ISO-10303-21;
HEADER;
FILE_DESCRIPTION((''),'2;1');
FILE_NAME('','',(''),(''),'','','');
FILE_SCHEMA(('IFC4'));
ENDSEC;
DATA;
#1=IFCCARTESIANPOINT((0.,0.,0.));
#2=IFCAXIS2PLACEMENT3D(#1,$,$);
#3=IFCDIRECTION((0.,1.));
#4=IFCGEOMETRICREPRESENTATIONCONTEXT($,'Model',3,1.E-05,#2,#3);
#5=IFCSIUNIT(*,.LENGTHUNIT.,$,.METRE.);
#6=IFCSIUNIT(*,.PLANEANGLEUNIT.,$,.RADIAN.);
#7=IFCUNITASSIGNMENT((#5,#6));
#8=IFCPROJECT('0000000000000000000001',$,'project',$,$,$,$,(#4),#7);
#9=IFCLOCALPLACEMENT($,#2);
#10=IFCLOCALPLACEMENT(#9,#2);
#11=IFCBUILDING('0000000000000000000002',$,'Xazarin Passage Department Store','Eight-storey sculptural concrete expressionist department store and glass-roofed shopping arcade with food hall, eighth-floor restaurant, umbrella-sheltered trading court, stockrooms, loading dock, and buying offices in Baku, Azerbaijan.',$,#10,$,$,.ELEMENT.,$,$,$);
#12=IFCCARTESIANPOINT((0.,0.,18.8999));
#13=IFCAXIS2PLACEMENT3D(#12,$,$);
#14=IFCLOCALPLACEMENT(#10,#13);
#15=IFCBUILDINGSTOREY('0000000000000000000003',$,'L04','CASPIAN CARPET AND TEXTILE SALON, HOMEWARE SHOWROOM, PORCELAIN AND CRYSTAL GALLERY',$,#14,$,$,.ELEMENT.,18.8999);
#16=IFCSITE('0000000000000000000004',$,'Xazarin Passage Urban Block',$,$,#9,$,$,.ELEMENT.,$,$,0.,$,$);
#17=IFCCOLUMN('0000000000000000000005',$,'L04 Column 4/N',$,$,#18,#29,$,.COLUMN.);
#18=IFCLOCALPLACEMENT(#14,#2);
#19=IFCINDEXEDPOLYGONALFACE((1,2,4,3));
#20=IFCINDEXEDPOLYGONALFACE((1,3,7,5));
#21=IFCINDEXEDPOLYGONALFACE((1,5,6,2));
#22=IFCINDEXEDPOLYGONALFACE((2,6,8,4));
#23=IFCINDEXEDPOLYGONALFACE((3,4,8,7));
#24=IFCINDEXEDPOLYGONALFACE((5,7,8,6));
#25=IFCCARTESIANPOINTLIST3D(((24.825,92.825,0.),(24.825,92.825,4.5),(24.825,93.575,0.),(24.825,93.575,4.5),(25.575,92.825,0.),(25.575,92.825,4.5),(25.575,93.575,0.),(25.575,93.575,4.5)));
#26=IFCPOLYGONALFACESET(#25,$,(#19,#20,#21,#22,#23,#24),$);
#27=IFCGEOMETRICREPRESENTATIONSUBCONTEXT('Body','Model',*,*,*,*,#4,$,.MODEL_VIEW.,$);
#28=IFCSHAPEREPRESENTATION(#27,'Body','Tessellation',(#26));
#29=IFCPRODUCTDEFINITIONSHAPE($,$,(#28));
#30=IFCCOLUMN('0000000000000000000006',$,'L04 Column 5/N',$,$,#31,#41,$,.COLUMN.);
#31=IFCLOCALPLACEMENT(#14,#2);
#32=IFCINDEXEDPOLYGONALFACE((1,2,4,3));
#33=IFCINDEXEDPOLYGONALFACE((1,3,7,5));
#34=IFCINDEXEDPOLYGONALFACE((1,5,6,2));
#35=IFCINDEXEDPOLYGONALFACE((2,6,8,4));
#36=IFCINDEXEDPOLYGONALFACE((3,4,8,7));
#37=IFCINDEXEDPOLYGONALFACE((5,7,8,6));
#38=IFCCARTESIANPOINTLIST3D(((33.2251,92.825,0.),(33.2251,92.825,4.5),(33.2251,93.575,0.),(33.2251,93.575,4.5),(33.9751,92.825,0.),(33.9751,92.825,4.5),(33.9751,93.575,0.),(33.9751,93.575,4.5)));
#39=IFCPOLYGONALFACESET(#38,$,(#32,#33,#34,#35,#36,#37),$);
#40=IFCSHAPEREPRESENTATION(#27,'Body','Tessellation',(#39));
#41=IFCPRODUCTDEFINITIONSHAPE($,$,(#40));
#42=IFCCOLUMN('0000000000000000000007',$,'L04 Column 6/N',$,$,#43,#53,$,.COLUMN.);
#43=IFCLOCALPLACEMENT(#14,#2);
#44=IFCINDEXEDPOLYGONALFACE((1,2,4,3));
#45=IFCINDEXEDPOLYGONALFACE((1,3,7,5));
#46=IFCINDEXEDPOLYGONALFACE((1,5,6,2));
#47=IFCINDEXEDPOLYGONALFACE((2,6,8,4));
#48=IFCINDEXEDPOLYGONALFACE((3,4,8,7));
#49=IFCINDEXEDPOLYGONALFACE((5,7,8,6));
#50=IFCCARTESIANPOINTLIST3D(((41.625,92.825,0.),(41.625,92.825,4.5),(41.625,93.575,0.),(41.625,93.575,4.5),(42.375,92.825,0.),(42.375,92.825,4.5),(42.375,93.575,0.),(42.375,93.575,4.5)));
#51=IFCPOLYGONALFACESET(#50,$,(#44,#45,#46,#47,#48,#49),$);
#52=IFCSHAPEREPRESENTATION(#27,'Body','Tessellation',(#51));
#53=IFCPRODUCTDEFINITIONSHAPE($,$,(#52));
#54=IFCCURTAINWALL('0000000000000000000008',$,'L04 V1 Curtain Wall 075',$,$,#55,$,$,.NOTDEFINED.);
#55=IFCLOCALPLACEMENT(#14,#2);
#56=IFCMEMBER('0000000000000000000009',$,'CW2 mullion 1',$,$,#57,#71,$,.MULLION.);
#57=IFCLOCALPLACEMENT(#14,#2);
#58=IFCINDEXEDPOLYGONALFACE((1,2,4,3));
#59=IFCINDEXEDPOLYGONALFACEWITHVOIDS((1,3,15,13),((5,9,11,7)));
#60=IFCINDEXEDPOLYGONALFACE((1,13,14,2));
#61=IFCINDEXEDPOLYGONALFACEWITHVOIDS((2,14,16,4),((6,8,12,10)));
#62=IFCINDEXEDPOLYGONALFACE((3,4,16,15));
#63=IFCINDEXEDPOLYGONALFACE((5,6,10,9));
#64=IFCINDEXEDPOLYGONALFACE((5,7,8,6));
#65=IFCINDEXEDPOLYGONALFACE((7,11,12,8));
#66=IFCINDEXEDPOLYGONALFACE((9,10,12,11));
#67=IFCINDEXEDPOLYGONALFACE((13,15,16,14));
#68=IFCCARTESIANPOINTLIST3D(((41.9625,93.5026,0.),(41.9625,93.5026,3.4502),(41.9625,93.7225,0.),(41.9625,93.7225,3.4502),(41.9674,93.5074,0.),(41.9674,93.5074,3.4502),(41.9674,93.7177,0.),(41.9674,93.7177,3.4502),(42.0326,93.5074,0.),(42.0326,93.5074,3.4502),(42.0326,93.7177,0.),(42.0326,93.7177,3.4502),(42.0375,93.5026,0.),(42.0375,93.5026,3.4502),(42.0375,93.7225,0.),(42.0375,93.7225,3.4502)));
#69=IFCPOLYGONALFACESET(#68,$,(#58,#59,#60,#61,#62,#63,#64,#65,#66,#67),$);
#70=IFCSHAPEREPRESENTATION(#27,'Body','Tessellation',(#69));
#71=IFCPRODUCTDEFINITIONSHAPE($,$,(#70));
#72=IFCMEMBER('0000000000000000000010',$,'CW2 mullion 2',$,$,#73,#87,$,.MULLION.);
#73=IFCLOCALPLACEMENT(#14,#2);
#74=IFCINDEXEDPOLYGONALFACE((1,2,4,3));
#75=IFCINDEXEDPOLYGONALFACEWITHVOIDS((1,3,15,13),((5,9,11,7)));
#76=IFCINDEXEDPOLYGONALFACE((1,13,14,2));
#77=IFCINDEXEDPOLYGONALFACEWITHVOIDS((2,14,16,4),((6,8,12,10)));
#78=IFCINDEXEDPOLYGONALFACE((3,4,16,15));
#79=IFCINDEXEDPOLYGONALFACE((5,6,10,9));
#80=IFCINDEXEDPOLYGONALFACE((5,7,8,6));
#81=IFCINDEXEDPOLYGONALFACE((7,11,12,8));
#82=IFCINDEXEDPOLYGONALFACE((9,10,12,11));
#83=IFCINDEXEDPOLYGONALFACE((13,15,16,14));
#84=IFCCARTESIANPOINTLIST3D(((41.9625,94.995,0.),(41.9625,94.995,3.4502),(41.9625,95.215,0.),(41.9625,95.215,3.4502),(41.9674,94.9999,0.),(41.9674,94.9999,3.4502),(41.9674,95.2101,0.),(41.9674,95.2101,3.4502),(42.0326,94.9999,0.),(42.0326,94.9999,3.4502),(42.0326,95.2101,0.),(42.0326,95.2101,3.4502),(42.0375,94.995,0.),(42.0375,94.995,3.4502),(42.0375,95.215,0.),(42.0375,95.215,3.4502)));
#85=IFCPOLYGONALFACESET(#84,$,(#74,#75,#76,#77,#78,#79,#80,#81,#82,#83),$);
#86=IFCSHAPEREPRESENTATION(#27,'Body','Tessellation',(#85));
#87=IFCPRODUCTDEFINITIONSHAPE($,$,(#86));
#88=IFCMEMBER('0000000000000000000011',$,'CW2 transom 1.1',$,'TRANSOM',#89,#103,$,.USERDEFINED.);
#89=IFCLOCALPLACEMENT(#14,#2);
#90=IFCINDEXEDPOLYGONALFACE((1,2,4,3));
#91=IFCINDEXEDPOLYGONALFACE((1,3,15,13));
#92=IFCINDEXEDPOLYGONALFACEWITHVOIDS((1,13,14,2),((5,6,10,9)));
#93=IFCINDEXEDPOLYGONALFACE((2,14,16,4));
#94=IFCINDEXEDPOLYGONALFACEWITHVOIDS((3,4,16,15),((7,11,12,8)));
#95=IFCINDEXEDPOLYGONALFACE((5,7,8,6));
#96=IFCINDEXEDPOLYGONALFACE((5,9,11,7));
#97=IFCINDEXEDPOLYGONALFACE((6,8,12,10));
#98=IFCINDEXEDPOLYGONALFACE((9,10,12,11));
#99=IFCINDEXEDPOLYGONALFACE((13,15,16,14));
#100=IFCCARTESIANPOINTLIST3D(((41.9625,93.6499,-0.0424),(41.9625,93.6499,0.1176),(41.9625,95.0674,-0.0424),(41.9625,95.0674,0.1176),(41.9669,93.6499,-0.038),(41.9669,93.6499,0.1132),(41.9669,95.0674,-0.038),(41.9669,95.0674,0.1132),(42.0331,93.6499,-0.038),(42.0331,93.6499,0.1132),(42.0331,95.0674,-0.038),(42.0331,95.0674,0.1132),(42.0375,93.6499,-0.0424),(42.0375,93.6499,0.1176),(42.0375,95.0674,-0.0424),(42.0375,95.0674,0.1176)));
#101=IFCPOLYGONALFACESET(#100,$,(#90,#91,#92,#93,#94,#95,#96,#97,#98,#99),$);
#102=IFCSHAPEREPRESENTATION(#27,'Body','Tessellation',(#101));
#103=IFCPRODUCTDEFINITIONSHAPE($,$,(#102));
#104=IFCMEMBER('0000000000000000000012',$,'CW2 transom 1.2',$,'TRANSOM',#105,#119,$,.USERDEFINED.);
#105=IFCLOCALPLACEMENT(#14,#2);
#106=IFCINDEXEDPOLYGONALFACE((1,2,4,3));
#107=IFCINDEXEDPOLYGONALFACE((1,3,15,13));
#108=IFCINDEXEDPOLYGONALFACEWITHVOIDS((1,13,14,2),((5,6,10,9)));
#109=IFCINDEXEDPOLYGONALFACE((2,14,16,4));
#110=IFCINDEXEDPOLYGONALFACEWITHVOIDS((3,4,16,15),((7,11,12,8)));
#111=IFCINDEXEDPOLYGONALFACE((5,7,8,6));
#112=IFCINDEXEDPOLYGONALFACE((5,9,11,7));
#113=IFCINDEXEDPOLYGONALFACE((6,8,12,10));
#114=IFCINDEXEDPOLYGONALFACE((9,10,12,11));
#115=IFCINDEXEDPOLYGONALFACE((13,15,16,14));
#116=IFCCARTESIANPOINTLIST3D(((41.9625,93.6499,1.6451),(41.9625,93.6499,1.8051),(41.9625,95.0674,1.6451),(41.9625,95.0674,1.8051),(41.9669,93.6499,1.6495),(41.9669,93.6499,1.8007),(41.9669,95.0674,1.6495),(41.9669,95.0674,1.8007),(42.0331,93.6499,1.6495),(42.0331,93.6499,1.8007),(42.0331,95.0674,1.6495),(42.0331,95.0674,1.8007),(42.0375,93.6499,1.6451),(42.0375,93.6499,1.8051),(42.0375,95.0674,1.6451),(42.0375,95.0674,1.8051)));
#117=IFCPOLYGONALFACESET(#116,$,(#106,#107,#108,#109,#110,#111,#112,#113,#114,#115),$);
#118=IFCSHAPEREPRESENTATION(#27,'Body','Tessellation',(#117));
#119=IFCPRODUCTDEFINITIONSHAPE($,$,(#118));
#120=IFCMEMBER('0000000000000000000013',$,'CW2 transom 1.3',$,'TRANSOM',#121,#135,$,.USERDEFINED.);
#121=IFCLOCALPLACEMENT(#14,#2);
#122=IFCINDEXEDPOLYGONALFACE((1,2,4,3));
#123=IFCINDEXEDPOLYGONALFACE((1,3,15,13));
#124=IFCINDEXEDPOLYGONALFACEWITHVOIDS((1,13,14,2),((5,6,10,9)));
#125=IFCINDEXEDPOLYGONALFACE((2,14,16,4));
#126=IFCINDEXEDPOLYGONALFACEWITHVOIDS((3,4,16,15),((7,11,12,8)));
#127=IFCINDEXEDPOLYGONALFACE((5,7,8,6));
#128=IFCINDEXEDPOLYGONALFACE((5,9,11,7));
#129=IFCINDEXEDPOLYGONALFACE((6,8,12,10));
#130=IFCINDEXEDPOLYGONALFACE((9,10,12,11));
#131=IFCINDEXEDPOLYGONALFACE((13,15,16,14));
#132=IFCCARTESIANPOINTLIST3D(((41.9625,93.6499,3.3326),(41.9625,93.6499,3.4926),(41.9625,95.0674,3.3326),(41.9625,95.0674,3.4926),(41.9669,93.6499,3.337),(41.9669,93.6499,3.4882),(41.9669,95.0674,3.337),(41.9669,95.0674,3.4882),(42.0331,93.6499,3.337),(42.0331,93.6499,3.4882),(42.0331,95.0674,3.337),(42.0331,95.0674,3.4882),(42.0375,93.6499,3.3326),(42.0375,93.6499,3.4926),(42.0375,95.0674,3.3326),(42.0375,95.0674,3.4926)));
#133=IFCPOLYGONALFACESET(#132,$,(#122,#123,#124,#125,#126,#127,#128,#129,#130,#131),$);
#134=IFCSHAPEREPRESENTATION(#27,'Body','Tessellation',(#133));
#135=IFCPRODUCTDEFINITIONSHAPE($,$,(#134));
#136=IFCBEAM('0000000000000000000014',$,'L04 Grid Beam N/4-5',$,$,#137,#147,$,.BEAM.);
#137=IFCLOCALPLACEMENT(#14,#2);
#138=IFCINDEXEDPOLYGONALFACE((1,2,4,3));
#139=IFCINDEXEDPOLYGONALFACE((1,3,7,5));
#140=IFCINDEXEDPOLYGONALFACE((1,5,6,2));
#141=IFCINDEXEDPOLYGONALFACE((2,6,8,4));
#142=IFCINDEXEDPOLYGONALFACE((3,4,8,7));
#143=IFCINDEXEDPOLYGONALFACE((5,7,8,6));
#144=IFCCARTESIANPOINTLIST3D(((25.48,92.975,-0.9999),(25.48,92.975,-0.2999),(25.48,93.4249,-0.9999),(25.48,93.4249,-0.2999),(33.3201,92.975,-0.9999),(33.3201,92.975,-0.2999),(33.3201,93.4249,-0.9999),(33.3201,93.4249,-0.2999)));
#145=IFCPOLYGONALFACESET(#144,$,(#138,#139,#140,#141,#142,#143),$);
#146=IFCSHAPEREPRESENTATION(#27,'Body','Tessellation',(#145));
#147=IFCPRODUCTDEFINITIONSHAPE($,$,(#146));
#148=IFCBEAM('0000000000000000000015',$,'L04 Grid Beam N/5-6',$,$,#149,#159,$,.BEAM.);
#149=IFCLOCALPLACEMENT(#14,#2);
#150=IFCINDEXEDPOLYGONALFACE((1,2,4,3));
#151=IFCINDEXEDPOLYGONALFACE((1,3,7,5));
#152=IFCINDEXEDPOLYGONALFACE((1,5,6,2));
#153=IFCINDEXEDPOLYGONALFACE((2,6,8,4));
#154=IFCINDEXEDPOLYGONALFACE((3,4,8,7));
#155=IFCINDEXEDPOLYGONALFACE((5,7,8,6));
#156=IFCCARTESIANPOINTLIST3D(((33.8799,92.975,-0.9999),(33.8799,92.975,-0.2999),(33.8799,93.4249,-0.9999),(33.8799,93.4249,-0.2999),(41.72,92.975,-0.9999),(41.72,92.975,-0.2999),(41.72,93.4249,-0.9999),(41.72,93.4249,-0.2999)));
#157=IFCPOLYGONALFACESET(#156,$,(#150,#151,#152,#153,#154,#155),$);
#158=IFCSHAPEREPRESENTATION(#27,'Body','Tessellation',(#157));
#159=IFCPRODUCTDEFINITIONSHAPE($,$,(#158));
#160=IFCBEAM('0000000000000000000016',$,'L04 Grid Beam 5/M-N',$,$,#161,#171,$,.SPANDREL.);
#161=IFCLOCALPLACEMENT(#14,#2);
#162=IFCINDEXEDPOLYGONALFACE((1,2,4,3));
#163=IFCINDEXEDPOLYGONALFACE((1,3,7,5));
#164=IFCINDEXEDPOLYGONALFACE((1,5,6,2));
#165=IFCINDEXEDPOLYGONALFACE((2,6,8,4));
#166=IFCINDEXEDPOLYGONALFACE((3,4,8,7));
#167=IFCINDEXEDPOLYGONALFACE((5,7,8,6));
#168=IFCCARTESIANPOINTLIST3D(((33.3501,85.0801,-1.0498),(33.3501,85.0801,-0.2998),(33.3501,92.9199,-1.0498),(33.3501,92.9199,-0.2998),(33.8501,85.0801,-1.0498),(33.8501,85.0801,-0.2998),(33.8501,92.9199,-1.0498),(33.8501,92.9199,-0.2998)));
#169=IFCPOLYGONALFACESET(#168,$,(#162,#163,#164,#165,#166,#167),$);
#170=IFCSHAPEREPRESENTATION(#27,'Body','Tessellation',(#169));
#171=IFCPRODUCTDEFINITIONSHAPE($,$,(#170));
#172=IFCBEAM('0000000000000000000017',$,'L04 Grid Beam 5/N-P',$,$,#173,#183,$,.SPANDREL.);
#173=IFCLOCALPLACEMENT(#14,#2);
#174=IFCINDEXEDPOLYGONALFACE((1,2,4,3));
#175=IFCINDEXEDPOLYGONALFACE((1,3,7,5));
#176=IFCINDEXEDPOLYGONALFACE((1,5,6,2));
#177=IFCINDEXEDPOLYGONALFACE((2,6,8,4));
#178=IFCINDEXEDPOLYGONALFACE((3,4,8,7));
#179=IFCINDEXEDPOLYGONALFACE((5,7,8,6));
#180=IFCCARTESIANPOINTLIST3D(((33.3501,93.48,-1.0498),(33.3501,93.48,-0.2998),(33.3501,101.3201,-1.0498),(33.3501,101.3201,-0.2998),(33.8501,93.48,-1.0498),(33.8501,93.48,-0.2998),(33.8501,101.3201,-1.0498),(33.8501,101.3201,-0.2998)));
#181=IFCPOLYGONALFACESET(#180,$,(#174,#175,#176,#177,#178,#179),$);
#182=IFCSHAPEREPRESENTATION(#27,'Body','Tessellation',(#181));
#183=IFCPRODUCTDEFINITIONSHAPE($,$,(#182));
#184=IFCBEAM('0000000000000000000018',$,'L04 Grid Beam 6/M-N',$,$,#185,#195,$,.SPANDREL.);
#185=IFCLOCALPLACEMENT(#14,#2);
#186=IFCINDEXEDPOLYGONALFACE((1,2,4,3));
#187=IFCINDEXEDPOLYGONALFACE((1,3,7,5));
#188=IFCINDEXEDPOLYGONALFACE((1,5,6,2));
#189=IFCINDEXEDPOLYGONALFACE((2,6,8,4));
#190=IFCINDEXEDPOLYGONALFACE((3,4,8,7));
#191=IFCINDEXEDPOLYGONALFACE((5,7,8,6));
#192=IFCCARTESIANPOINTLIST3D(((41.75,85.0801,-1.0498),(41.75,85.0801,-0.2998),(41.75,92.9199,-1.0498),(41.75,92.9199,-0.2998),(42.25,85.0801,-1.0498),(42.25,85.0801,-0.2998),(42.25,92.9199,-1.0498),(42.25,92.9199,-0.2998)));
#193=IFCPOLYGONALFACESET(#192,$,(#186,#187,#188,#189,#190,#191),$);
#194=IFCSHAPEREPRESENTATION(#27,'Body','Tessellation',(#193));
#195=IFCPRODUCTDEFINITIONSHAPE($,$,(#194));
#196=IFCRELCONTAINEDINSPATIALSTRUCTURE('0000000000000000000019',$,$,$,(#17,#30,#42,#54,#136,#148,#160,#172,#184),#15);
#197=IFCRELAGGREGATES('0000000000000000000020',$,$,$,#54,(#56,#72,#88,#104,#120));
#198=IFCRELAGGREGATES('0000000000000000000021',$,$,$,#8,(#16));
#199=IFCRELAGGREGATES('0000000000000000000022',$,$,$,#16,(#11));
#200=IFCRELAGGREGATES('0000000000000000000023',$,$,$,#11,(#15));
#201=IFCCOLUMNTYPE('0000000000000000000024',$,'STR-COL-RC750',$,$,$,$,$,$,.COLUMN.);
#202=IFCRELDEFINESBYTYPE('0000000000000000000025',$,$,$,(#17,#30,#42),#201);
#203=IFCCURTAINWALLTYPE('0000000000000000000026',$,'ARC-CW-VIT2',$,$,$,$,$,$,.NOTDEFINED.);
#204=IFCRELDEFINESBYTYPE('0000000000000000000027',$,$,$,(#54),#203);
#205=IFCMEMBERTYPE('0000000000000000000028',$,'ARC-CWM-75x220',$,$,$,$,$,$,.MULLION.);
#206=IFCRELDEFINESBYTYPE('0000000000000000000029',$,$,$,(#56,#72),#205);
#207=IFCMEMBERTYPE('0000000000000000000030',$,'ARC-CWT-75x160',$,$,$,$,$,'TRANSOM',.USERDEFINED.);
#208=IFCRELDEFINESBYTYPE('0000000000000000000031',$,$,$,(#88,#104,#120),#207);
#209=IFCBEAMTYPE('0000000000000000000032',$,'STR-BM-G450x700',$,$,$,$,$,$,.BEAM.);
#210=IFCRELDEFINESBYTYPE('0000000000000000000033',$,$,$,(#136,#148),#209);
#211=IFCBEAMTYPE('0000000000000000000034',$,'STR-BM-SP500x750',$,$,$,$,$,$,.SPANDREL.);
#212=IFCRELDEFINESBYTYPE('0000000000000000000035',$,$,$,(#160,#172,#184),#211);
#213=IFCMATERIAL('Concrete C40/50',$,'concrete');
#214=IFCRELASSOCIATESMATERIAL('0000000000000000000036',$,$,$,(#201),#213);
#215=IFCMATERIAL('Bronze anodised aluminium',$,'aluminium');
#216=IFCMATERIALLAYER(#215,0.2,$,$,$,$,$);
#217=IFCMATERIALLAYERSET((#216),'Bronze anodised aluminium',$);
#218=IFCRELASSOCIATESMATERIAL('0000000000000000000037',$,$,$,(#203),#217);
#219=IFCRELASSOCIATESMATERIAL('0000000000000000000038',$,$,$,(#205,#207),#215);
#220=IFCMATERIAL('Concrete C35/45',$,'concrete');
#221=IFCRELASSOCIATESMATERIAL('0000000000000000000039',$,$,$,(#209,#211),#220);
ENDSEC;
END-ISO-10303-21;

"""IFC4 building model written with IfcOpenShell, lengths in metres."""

from ifc_helpers import new_model, si_unit, direction, frame, origin, origin_2d, place, context, subcontext, project, spatial, rectangle, hollow_rectangle, extrude, material, layer, layer_set, material_profile, profile_set, type_object, element, aggregate, save


model = new_model("IFC4")

# Units and contexts
model_context = context("Model", 3, precision=1e-05, world=origin(), true_north=direction((0.0, 1.0)))
body_context = subcontext(model_context, "Body", "Model", "MODEL_VIEW")
ifc_project = project(units=[si_unit("LENGTHUNIT", "METRE"), si_unit("PLANEANGLEUNIT", "RADIAN")], contexts=[model_context])

# Site, building, storey
site_placement = place(None, origin())
site = spatial("IfcSite", under=ifc_project, at=site_placement, Name="Xazarin Passage Urban Block", CompositionType="ELEMENT", RefElevation=0.0)
building_placement = place(site_placement, origin())
building = spatial("IfcBuilding", under=site, at=building_placement, Name="Xazarin Passage Department Store", Description="Eight-storey sculptural concrete expressionist department store and glass-roofed shopping arcade with food hall, eighth-floor restaurant, umbrella-sheltered trading court, stockrooms, loading dock, and buying offices in Baku, Azerbaijan.", CompositionType="ELEMENT")
storey_placement = place(building_placement, frame((0.0, 0.0, 18.8999)))
storey = spatial("IfcBuildingStorey", under=building, at=storey_placement, Name="L04", Description="CASPIAN CARPET AND TEXTILE SALON, HOMEWARE SHOWROOM, PORCELAIN AND CRYSTAL GALLERY", CompositionType="ELEMENT", Elevation=18.8999)

# Columns
ifc_material_1 = material(Name="Concrete C40/50", Category="concrete")
ifc_material_profile_1 = material_profile(ifc_material_1, rectangle(XDim=0.75, YDim=0.75, at=origin_2d()), Name="RC 750x750")
ifc_profile_set_1 = profile_set([ifc_material_profile_1], Name="Concrete C40/50")
column_type = type_object("IfcColumnType", Name="STR-COL-RC750", PredefinedType="COLUMN", material=ifc_profile_set_1)
for number, where, z_axis, x_axis, name in (
    (1, (25.2, 93.2, 0.0), (0.0, 0.0, 1.0), (1.0, 0.0, 0.0), "L04 Column 4/N"),
    (2, (33.6001, 93.2, 0.0), (0.0, 0.0, 1.0), (1.0, 0.0, 0.0), "L04 Column 5/N"),
    (3, (42.0, 93.2, 0.0), (0.0, 0.0, 1.0), (1.0, 0.0, 0.0), "L04 Column 6/N"),
):
    element("IfcColumn", number, at=place(storey_placement, frame(where, z_axis=z_axis, x_axis=x_axis)), inside=storey, type_object=column_type, Name=name, PredefinedType="COLUMN", context=body_context, shape_type="SweptSolid", body=[
        extrude(rectangle(XDim=0.75, YDim=0.75, at=origin_2d()), origin(), (0.0, 0.0, 1.0), 4.5),
    ])

# Curtain wall, members
ifc_material_2 = material(Name="Bronze anodised aluminium", Category="aluminium")
ifc_layer_1 = layer(ifc_material_2, 0.2)
ifc_layer_set_1 = layer_set([ifc_layer_1], Name="Bronze anodised aluminium")
curtain_wall_type = type_object("IfcCurtainWallType", Name="ARC-CW-VIT2", PredefinedType="NOTDEFINED", material=ifc_layer_set_1)
curtain_wall_placement = place(storey_placement, origin())
curtain_wall = element("IfcCurtainWall", 4, at=curtain_wall_placement, inside=storey, type_object=curtain_wall_type, Name="L04 V1 Curtain Wall 075", PredefinedType="NOTDEFINED")
ifc_material_profile_2 = material_profile(ifc_material_2, hollow_rectangle(XDim=0.075, YDim=0.22, WallThickness=0.0049, at=origin_2d()), Name="ALU 75x220")
ifc_profile_set_2 = profile_set([ifc_material_profile_2], Name="Bronze anodised aluminium")
member_type_1 = type_object("IfcMemberType", Name="ARC-CWM-75x220", PredefinedType="MULLION", material=ifc_profile_set_2)
member_1_placement = place(storey_placement, frame((42.0, 93.6125, 0.0), z_axis=(0.0, 0.0, 1.0), x_axis=(-1.0, 0.0, 0.0)))
member_1 = element("IfcMember", 5, at=member_1_placement, type_object=member_type_1, Name="CW2 mullion 1", PredefinedType="MULLION", context=body_context, shape_type="SweptSolid", body=[
    extrude(hollow_rectangle(XDim=0.075, YDim=0.22, WallThickness=0.0049, at=origin_2d()), origin(), (0.0, 0.0, 1.0), 3.4502),
])
member_2_placement = place(storey_placement, frame((42.0, 95.105, 0.0), z_axis=(0.0, 0.0, 1.0), x_axis=(-1.0, 0.0, 0.0)))
member_2 = element("IfcMember", 6, at=member_2_placement, type_object=member_type_1, Name="CW2 mullion 2", PredefinedType="MULLION", context=body_context, shape_type="SweptSolid", body=[
    extrude(hollow_rectangle(XDim=0.075, YDim=0.22, WallThickness=0.0049, at=origin_2d()), origin(), (0.0, 0.0, 1.0), 3.4502),
])
ifc_material_profile_3 = material_profile(ifc_material_2, hollow_rectangle(XDim=0.075, YDim=0.1599, WallThickness=0.0044, at=origin_2d()), Name="ALU 75x160")
ifc_profile_set_3 = profile_set([ifc_material_profile_3], Name="Bronze anodised aluminium")
member_type_2 = type_object("IfcMemberType", Name="ARC-CWT-75x160", ElementType="TRANSOM", PredefinedType="USERDEFINED", material=ifc_profile_set_3)
member_3_placement = place(storey_placement, frame((42.0, 93.6499, 0.0376), z_axis=(0.0, 1.0, 0.0), x_axis=(-1.0, 0.0, 0.0)))
member_3 = element("IfcMember", 7, at=member_3_placement, type_object=member_type_2, Name="CW2 transom 1.1", ObjectType="TRANSOM", PredefinedType="USERDEFINED", context=body_context, shape_type="SweptSolid", body=[
    extrude(hollow_rectangle(XDim=0.075, YDim=0.1599, WallThickness=0.0044, at=origin_2d()), origin(), (0.0, 0.0, 1.0), 1.4175),
])
member_4_placement = place(storey_placement, frame((42.0, 93.6499, 1.7251), z_axis=(0.0, 1.0, 0.0), x_axis=(-1.0, 0.0, 0.0)))
member_4 = element("IfcMember", 8, at=member_4_placement, type_object=member_type_2, Name="CW2 transom 1.2", ObjectType="TRANSOM", PredefinedType="USERDEFINED", context=body_context, shape_type="SweptSolid", body=[
    extrude(hollow_rectangle(XDim=0.075, YDim=0.1599, WallThickness=0.0044, at=origin_2d()), origin(), (0.0, 0.0, 1.0), 1.4175),
])
member_5_placement = place(storey_placement, frame((42.0, 93.6499, 3.4126), z_axis=(0.0, 1.0, 0.0), x_axis=(-1.0, 0.0, 0.0)))
member_5 = element("IfcMember", 9, at=member_5_placement, type_object=member_type_2, Name="CW2 transom 1.3", ObjectType="TRANSOM", PredefinedType="USERDEFINED", context=body_context, shape_type="SweptSolid", body=[
    extrude(hollow_rectangle(XDim=0.075, YDim=0.1599, WallThickness=0.0044, at=origin_2d()), origin(), (0.0, 0.0, 1.0), 1.4175),
])

# Beams
ifc_material_3 = material(Name="Concrete C35/45", Category="concrete")
ifc_material_profile_4 = material_profile(ifc_material_3, rectangle(XDim=0.45, YDim=0.7, at=origin_2d()), Name="RC 450x700")
ifc_profile_set_4 = profile_set([ifc_material_profile_4], Name="Concrete C35/45")
beam_type_1 = type_object("IfcBeamType", Name="STR-BM-G450x700", PredefinedType="BEAM", material=ifc_profile_set_4)
for number, where, z_axis, x_axis, name in (
    (10, (25.48, 93.2, -0.6499), (1.0, 0.0, 0.0), (0.0, 1.0, 0.0), "L04 Grid Beam N/4-5"),
    (11, (33.8799, 93.2, -0.6499), (1.0, 0.0, 0.0), (0.0, 1.0, 0.0), "L04 Grid Beam N/5-6"),
):
    element("IfcBeam", number, at=place(storey_placement, frame(where, z_axis=z_axis, x_axis=x_axis)), inside=storey, type_object=beam_type_1, Name=name, PredefinedType="BEAM", context=body_context, shape_type="SweptSolid", body=[
        extrude(rectangle(XDim=0.45, YDim=0.7, at=origin_2d()), origin(), (0.0, 0.0, 1.0), 7.8401),
    ])
ifc_material_profile_5 = material_profile(ifc_material_3, rectangle(XDim=0.5, YDim=0.75, at=origin_2d()), Name="RC 500x750")
ifc_profile_set_5 = profile_set([ifc_material_profile_5], Name="Concrete C35/45")
beam_type_2 = type_object("IfcBeamType", Name="STR-BM-SP500x750", PredefinedType="SPANDREL", material=ifc_profile_set_5)
beam_1_placement = place(storey_placement, frame((33.6001, 85.0801, -0.6748), z_axis=(0.0, 1.0, 0.0), x_axis=(-1.0, 0.0, 0.0)))
element("IfcBeam", 12, at=beam_1_placement, inside=storey, type_object=beam_type_2, Name="L04 Grid Beam 5/M-N", PredefinedType="SPANDREL", context=body_context, shape_type="SweptSolid", body=[
    extrude(rectangle(XDim=0.5, YDim=0.75, at=origin_2d()), origin(), (0.0, 0.0, 1.0), 7.8398),
])
beam_2_placement = place(storey_placement, frame((33.6001, 93.48, -0.6748), z_axis=(0.0, 1.0, 0.0), x_axis=(-1.0, 0.0, 0.0)))
element("IfcBeam", 13, at=beam_2_placement, inside=storey, type_object=beam_type_2, Name="L04 Grid Beam 5/N-P", PredefinedType="SPANDREL", context=body_context, shape_type="SweptSolid", body=[
    extrude(rectangle(XDim=0.5, YDim=0.75, at=origin_2d()), origin(), (0.0, 0.0, 1.0), 7.8401),
])
beam_3_placement = place(storey_placement, frame((42.0, 85.0801, -0.6748), z_axis=(0.0, 1.0, 0.0), x_axis=(-1.0, 0.0, 0.0)))
element("IfcBeam", 14, at=beam_3_placement, inside=storey, type_object=beam_type_2, Name="L04 Grid Beam 6/M-N", PredefinedType="SPANDREL", context=body_context, shape_type="SweptSolid", body=[
    extrude(rectangle(XDim=0.5, YDim=0.75, at=origin_2d()), origin(), (0.0, 0.0, 1.0), 7.8398),
])

aggregate(curtain_wall, [member_1, member_2, member_3, member_4, member_5])

save(model, "model.ifc")
